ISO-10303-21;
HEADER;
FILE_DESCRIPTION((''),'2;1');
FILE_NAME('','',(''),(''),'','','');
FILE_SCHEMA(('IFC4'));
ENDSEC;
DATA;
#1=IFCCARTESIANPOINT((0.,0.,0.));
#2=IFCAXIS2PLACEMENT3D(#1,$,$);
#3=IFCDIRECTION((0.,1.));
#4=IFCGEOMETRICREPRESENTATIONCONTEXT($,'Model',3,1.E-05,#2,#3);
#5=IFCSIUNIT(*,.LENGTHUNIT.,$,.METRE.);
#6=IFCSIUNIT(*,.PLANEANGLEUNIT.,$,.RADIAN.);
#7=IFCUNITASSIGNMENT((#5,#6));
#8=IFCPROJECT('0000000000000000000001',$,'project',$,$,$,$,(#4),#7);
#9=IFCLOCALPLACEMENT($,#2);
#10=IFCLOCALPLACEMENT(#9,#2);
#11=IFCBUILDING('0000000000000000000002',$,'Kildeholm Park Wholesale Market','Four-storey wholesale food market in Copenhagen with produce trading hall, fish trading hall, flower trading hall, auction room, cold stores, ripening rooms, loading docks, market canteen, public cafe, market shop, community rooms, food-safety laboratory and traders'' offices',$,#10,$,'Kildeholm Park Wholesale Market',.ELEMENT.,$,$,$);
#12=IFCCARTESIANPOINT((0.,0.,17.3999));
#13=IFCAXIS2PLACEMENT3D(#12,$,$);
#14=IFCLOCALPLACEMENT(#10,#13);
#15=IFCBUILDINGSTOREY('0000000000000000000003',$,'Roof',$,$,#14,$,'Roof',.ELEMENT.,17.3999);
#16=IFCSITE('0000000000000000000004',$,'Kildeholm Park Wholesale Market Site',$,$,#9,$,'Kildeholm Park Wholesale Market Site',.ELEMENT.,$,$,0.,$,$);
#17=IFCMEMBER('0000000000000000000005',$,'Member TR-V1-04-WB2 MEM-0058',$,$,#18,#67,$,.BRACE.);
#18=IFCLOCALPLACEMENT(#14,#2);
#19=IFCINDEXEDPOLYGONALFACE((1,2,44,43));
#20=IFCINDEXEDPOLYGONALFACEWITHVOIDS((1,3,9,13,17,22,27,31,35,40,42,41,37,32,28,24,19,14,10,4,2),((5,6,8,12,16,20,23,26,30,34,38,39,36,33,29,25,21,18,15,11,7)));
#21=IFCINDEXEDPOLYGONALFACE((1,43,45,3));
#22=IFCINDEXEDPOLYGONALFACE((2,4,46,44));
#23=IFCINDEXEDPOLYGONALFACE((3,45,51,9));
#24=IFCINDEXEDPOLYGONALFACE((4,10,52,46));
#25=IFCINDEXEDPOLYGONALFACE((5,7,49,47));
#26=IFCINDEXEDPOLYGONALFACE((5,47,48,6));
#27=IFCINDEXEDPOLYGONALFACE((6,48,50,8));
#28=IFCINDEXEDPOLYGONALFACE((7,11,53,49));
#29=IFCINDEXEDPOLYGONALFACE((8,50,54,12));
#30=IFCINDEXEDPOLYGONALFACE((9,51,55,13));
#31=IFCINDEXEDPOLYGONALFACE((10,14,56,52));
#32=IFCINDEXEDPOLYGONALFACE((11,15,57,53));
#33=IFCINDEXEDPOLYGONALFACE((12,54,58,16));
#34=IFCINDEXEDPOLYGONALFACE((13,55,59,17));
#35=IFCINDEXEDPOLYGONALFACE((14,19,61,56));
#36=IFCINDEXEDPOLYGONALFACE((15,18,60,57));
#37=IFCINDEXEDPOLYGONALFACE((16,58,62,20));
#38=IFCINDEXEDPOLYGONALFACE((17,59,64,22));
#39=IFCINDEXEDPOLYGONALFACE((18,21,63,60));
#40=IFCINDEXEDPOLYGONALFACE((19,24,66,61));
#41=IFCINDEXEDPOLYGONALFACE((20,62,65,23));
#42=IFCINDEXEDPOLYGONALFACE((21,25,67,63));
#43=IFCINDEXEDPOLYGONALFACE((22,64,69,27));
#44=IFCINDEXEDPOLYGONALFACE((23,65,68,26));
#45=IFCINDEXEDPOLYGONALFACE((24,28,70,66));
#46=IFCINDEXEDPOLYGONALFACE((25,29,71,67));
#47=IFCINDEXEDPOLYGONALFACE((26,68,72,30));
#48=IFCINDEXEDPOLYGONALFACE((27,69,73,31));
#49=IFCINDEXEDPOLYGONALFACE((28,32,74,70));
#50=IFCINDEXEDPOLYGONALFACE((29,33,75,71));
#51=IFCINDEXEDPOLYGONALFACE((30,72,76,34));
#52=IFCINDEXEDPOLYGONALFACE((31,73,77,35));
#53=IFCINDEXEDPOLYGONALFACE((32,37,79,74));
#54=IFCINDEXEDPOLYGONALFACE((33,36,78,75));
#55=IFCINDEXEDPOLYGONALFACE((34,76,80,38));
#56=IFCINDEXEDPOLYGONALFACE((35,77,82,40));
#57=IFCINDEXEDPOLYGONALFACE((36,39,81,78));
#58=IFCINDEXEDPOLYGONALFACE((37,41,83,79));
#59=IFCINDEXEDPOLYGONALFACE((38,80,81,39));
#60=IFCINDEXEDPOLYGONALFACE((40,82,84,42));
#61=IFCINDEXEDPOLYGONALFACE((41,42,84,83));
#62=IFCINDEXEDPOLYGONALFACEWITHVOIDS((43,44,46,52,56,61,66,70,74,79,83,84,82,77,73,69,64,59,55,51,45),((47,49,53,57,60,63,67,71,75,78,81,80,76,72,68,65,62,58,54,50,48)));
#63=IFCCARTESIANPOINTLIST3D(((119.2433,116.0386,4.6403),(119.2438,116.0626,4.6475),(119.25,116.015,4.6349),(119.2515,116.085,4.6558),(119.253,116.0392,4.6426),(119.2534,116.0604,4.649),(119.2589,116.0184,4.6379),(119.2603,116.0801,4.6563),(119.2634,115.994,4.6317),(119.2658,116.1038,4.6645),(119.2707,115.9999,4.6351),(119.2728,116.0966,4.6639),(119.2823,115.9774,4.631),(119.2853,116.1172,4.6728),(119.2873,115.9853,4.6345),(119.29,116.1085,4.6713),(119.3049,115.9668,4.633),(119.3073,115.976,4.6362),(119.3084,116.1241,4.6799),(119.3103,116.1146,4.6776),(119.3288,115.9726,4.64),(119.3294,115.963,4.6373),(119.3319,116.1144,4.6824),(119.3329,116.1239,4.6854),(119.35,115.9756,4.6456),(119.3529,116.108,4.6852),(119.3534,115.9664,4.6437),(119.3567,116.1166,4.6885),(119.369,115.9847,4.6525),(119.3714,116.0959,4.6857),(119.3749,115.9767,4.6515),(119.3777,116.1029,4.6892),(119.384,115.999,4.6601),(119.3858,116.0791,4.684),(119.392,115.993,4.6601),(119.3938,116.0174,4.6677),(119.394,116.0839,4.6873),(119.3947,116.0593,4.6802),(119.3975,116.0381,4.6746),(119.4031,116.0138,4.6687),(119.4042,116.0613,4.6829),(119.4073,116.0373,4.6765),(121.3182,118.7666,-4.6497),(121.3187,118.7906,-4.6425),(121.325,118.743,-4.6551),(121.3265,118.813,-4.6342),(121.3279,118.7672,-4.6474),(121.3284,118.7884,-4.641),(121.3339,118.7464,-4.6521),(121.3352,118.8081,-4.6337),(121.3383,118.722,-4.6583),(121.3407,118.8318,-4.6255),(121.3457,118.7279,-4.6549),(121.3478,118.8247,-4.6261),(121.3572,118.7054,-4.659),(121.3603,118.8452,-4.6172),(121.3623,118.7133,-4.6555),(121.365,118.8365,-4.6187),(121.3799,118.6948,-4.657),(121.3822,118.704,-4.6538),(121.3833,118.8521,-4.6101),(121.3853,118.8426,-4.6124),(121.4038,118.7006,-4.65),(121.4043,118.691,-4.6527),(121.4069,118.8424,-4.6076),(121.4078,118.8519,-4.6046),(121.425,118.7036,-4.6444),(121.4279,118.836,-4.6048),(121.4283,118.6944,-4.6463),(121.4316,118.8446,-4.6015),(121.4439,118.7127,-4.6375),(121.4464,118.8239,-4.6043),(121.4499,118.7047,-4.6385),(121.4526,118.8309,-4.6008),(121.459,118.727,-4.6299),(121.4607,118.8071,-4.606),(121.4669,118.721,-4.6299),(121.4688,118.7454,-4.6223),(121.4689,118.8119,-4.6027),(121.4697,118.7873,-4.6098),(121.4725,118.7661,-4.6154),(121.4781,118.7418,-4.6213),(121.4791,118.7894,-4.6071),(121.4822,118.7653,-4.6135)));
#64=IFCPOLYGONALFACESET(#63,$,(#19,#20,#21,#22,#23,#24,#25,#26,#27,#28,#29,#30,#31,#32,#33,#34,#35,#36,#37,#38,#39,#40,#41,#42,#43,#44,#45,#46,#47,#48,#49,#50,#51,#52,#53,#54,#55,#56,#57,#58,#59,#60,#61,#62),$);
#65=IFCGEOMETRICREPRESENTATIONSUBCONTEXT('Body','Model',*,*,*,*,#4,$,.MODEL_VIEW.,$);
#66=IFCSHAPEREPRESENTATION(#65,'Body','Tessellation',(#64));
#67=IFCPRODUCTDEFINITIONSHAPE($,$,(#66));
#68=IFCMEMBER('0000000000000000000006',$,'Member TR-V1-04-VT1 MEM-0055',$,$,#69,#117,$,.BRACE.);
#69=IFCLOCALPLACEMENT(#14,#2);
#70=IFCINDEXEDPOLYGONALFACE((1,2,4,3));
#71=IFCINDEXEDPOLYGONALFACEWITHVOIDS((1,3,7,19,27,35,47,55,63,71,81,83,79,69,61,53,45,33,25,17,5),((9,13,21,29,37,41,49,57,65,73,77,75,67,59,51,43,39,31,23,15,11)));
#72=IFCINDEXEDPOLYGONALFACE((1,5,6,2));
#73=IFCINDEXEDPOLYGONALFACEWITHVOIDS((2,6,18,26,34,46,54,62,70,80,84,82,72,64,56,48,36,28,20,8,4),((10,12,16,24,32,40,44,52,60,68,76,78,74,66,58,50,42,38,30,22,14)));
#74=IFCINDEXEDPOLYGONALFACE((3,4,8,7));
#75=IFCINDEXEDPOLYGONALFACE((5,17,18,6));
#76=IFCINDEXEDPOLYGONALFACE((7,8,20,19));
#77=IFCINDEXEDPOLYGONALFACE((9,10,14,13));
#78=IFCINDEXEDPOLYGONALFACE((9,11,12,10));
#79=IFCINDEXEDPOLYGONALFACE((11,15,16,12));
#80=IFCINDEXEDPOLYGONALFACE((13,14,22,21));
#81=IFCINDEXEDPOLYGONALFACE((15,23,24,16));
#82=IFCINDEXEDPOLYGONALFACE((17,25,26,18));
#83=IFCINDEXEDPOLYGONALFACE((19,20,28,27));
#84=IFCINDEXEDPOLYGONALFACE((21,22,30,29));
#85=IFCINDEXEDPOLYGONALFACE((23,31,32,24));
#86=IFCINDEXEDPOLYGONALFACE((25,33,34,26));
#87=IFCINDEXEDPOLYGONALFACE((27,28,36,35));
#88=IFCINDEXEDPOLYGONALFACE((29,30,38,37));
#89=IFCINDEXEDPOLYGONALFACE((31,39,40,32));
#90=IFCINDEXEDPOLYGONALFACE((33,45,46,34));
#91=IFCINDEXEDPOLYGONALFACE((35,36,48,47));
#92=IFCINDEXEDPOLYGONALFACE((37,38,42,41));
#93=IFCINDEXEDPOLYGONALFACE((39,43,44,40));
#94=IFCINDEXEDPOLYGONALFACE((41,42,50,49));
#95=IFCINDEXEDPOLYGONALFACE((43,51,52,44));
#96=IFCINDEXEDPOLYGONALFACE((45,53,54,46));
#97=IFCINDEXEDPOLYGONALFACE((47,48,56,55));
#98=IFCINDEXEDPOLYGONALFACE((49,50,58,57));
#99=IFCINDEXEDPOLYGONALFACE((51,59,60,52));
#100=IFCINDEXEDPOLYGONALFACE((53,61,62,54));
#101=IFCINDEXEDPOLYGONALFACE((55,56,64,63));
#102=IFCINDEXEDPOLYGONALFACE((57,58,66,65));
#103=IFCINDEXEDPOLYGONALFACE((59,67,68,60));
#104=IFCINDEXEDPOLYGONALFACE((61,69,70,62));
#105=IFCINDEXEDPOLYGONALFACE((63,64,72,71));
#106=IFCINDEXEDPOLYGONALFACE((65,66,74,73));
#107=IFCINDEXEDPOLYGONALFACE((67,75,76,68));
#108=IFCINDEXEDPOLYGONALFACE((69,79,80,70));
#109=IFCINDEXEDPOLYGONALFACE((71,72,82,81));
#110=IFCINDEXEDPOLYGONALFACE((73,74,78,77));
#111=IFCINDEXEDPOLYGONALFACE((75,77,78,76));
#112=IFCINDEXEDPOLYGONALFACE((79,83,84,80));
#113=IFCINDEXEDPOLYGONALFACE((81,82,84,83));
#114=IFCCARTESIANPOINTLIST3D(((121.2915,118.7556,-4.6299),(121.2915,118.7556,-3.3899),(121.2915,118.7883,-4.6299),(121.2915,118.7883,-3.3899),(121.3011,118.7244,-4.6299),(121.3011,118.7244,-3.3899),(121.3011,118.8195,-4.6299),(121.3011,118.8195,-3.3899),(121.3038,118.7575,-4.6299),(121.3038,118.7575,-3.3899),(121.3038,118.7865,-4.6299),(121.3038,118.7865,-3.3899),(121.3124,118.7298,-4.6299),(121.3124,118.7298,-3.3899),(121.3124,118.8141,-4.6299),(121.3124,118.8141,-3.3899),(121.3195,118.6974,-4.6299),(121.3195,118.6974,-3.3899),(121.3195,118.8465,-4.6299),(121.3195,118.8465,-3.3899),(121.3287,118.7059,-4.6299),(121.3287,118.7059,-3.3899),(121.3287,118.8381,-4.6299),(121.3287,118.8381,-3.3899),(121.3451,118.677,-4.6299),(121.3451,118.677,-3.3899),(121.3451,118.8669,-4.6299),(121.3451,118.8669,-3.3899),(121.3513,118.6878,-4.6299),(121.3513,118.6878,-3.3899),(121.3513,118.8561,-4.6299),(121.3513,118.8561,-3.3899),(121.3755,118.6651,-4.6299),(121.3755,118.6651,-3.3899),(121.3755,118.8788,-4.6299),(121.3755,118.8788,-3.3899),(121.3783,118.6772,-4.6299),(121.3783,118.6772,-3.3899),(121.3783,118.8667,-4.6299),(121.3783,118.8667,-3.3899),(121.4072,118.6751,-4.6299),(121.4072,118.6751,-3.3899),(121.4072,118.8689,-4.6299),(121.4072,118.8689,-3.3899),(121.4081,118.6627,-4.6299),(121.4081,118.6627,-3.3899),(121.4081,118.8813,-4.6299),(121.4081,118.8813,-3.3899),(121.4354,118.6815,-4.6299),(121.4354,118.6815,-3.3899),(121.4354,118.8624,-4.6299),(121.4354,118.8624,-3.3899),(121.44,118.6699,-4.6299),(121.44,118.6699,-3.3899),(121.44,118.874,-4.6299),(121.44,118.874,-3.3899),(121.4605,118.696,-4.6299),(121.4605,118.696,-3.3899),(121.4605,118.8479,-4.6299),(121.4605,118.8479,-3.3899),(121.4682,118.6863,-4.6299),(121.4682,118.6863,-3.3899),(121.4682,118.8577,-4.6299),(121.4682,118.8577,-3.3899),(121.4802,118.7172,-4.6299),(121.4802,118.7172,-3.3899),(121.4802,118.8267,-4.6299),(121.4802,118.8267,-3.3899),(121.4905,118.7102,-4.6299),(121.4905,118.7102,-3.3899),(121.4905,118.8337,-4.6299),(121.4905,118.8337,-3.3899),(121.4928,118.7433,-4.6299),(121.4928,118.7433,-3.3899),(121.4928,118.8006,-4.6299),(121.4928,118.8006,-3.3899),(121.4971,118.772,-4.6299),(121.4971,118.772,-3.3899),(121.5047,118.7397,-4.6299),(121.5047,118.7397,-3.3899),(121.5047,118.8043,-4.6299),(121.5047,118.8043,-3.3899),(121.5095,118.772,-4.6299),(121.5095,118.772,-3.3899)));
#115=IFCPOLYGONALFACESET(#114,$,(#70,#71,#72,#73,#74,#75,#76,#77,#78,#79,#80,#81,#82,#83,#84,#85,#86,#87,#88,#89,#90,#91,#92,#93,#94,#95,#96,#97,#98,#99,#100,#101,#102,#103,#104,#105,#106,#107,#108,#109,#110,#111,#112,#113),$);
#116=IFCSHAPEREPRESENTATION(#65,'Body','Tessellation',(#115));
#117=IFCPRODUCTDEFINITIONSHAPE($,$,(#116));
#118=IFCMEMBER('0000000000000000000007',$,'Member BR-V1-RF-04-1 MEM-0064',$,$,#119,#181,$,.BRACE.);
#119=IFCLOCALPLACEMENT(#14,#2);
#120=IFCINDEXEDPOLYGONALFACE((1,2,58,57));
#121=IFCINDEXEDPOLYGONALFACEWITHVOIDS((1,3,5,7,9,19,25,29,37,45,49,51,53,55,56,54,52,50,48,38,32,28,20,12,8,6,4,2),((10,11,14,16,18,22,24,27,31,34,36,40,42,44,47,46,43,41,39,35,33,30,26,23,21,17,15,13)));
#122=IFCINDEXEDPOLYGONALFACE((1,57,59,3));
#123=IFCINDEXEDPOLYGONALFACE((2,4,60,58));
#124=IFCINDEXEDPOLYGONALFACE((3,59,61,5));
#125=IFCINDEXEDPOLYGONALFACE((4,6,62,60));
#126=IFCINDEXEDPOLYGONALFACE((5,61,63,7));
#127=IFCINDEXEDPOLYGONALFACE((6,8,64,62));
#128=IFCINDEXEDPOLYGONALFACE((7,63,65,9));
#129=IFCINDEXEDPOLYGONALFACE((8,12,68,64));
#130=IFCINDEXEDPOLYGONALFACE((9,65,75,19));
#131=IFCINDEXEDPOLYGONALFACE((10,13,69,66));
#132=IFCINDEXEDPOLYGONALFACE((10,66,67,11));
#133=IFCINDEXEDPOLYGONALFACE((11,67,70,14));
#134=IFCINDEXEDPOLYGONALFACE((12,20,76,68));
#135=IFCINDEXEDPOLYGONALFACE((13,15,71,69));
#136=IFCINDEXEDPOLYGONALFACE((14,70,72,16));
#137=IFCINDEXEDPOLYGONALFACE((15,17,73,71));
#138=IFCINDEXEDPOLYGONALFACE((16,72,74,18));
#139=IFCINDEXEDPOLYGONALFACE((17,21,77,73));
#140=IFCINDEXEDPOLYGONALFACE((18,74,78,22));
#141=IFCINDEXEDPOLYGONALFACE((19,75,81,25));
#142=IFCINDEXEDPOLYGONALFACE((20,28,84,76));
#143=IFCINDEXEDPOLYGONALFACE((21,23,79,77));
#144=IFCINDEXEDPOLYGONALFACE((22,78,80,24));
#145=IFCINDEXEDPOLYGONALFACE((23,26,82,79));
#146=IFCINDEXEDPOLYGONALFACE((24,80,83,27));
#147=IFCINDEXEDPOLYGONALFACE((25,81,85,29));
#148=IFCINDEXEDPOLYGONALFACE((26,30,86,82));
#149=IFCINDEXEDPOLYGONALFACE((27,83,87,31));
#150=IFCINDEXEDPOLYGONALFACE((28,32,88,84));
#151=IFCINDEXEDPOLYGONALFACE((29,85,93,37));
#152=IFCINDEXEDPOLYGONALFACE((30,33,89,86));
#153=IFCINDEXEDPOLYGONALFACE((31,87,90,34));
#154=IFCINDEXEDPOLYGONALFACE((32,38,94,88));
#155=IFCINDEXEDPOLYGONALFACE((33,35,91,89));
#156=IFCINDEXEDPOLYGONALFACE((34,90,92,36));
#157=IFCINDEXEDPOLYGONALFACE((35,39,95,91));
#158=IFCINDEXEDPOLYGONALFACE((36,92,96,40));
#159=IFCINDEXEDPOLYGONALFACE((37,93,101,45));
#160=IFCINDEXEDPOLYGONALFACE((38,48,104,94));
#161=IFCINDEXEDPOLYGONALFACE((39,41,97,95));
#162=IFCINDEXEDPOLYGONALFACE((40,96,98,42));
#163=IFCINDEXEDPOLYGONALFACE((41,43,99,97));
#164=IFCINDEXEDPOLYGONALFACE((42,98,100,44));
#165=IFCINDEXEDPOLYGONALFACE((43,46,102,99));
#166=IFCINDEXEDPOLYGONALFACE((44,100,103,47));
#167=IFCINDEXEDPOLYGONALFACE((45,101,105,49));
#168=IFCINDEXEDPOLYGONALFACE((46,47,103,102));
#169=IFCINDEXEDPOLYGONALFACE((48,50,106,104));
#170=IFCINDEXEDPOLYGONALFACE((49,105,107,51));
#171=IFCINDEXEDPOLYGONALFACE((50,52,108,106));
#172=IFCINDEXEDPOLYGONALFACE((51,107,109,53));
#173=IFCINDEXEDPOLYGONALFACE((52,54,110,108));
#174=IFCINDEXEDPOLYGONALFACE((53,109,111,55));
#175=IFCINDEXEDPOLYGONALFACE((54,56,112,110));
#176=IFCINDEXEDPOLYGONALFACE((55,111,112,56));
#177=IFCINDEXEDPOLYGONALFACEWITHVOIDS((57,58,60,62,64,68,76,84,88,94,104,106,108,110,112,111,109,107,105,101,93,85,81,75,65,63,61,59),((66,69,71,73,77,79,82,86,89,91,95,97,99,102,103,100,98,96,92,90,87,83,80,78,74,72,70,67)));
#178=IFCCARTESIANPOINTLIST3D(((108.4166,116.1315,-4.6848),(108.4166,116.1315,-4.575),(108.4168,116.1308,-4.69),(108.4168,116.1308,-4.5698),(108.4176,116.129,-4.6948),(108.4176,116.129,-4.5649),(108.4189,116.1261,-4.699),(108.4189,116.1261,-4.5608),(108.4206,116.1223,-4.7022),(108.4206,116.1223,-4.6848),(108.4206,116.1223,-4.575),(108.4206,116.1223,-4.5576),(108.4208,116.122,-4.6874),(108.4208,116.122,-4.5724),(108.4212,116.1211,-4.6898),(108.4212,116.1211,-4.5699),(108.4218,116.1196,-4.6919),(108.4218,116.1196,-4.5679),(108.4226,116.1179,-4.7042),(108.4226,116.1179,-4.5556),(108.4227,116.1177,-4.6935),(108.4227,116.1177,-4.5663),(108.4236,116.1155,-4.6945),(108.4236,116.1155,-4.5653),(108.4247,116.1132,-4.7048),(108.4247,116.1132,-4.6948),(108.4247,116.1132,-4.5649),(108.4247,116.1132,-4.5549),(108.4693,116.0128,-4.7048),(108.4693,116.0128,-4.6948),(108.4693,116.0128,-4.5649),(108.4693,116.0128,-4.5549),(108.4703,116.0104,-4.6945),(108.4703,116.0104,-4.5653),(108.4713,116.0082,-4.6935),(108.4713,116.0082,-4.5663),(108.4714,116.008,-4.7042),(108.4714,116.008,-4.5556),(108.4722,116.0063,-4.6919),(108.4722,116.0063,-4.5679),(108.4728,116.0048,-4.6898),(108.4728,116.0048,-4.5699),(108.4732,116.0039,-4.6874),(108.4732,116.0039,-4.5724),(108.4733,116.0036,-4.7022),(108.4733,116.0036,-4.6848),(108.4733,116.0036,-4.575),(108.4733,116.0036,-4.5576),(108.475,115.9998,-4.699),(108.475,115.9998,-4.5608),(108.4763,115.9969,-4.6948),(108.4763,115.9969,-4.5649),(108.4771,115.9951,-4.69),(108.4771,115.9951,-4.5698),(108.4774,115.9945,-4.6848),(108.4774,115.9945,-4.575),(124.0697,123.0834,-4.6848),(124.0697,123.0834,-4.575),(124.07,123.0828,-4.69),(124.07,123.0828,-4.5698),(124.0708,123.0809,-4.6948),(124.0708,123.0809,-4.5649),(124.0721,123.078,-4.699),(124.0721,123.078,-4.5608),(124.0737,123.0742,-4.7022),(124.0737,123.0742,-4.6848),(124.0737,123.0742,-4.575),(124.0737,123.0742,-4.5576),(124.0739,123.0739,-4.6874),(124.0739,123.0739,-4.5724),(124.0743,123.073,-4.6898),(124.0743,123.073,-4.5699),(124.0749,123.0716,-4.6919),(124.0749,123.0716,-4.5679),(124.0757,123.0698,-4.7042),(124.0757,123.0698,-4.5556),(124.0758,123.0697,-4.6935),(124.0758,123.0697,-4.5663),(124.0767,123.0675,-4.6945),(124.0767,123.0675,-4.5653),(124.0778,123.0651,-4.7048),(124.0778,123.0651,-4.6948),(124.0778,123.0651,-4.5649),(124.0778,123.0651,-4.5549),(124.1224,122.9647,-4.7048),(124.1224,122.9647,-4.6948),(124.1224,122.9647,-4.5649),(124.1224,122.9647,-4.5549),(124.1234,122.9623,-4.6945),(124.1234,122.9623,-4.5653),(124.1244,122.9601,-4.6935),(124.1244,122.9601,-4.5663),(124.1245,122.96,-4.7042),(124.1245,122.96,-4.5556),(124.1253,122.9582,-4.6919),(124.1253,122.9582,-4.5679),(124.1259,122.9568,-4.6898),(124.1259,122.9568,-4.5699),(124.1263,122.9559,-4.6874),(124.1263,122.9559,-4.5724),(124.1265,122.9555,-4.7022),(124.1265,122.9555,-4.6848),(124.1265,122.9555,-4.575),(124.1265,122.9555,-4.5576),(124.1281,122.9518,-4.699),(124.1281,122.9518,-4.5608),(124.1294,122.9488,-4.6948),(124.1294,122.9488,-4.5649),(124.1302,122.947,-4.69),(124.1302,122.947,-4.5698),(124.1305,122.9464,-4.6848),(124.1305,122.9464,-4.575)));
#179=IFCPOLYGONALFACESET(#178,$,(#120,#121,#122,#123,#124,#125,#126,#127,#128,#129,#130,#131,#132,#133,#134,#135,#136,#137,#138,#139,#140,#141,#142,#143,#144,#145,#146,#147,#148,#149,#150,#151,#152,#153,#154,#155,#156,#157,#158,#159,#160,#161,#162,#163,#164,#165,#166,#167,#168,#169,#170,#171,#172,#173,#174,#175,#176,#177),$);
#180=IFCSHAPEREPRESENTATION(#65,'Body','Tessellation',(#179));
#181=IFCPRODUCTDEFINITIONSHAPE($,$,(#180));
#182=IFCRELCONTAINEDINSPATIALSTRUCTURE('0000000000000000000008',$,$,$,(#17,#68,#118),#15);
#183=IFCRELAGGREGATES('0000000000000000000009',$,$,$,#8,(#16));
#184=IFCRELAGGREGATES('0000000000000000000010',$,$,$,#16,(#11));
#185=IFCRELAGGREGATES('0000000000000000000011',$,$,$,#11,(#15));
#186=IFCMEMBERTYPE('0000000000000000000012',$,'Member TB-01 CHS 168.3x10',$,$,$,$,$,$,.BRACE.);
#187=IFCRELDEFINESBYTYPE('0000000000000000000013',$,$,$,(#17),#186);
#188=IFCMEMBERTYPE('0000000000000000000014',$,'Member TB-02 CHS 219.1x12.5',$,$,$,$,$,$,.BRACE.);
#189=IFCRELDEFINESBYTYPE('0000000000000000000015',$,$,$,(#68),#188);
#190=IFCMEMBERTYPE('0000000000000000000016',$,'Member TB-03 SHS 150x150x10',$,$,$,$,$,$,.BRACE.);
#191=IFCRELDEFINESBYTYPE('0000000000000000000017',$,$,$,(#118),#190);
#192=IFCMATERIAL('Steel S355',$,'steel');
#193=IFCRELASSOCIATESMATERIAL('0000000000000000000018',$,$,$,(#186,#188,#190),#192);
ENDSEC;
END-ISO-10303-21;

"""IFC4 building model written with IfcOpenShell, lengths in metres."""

from ifc_helpers import new_model, si_unit, direction, frame, origin, origin_2d, place, context, subcontext, project, spatial, hollow_rectangle, hollow_circle, extrude, material, material_profile, profile_set, type_object, element, save


model = new_model("IFC4")

# Units and contexts
model_context = context("Model", 3, precision=1e-05, world=origin(), true_north=direction((0.0, 1.0)))
body_context = subcontext(model_context, "Body", "Model", "MODEL_VIEW")
ifc_project = project(units=[si_unit("LENGTHUNIT", "METRE"), si_unit("PLANEANGLEUNIT", "RADIAN")], contexts=[model_context])

# Site, building, storey
site_placement = place(None, origin())
site = spatial("IfcSite", under=ifc_project, at=site_placement, Name="Kildeholm Park Wholesale Market Site", LongName="Kildeholm Park Wholesale Market Site", CompositionType="ELEMENT", RefElevation=0.0)
building_placement = place(site_placement, origin())
building = spatial("IfcBuilding", under=site, at=building_placement, Name="Kildeholm Park Wholesale Market", Description="Four-storey wholesale food market in Copenhagen with produce trading hall, fish trading hall, flower trading hall, auction room, cold stores, ripening rooms, loading docks, market canteen, public cafe, market shop, community rooms, food-safety laboratory and traders' offices", LongName="Kildeholm Park Wholesale Market", CompositionType="ELEMENT")
storey_placement = place(building_placement, frame((0.0, 0.0, 17.3999)))
storey = spatial("IfcBuildingStorey", under=building, at=storey_placement, Name="Roof", LongName="Roof", CompositionType="ELEMENT", Elevation=17.3999)

# Shared definitions
ifc_material_1 = material(Name="Steel S355", Category="steel")

# Members
ifc_material_profile_1 = material_profile(ifc_material_1, hollow_circle(Radius=0.0842, WallThickness=0.01, at=origin_2d()), Name="CHS 168.3x10")
ifc_profile_set_1 = profile_set([ifc_material_profile_1], Name="Steel S355")
member_type_1 = type_object("IfcMemberType", Name="Member TB-01 CHS 168.3x10", PredefinedType="BRACE", material=ifc_profile_set_1)
member_1_placement = place(storey_placement, frame((121.3999, 118.772, -4.6299), z_axis=(-0.209546, -0.275499, 0.938185), x_axis=(0.79593, -0.605388, 0.0)))
element("IfcMember", 1, at=member_1_placement, inside=storey, type_object=member_type_1, Name="Member TR-V1-04-WB2 MEM-0058", PredefinedType="BRACE", context=body_context, shape_type="SweptSolid", body=[
    extrude(hollow_circle(Radius=0.0842, WallThickness=0.01, at=origin_2d()), origin(), (0.0, 0.0, 1.0), 9.9021),
])
ifc_material_profile_2 = material_profile(ifc_material_1, hollow_circle(Radius=0.1096, WallThickness=0.0125, at=origin_2d()), Name="CHS 219.1x12.5")
ifc_profile_set_2 = profile_set([ifc_material_profile_2], Name="Steel S355")
member_type_2 = type_object("IfcMemberType", Name="Member TB-02 CHS 219.1x12.5", PredefinedType="BRACE", material=ifc_profile_set_2)
member_2_placement = place(storey_placement, frame((121.3999, 118.772, -4.6299), z_axis=(0.0, 0.0, 1.0), x_axis=(1.0, 0.0, 0.0)))
element("IfcMember", 2, at=member_2_placement, inside=storey, type_object=member_type_2, Name="Member TR-V1-04-VT1 MEM-0055", PredefinedType="BRACE", context=body_context, shape_type="SweptSolid", body=[
    extrude(hollow_circle(Radius=0.1096, WallThickness=0.0125, at=origin_2d()), origin(), (0.0, 0.0, 1.0), 1.24),
])
ifc_material_profile_3 = material_profile(ifc_material_1, hollow_rectangle(XDim=0.1499, YDim=0.1499, WallThickness=0.01, InnerFilletRadius=0.01, OuterFilletRadius=0.02, at=origin_2d()), Name="SHS 150x150x10")
ifc_profile_set_3 = profile_set([ifc_material_profile_3], Name="Steel S355")
member_type_3 = type_object("IfcMemberType", Name="Member TB-03 SHS 150x150x10", PredefinedType="BRACE", material=ifc_profile_set_3)
member_3_placement = place(storey_placement, frame((124.1001, 123.0149, -4.6299), z_axis=(-0.91392, -0.405894, 0.0), x_axis=(0.405894, -0.91392, 0.0)))
element("IfcMember", 3, at=member_3_placement, inside=storey, type_object=member_type_3, Name="Member BR-V1-RF-04-1 MEM-0064", PredefinedType="BRACE", context=body_context, shape_type="SweptSolid", body=[
    extrude(hollow_rectangle(XDim=0.1499, YDim=0.1499, WallThickness=0.01, InnerFilletRadius=0.01, OuterFilletRadius=0.02, at=origin_2d()), origin(), (0.0, 0.0, 1.0), 17.1274),
])

save(model, "model.ifc")
